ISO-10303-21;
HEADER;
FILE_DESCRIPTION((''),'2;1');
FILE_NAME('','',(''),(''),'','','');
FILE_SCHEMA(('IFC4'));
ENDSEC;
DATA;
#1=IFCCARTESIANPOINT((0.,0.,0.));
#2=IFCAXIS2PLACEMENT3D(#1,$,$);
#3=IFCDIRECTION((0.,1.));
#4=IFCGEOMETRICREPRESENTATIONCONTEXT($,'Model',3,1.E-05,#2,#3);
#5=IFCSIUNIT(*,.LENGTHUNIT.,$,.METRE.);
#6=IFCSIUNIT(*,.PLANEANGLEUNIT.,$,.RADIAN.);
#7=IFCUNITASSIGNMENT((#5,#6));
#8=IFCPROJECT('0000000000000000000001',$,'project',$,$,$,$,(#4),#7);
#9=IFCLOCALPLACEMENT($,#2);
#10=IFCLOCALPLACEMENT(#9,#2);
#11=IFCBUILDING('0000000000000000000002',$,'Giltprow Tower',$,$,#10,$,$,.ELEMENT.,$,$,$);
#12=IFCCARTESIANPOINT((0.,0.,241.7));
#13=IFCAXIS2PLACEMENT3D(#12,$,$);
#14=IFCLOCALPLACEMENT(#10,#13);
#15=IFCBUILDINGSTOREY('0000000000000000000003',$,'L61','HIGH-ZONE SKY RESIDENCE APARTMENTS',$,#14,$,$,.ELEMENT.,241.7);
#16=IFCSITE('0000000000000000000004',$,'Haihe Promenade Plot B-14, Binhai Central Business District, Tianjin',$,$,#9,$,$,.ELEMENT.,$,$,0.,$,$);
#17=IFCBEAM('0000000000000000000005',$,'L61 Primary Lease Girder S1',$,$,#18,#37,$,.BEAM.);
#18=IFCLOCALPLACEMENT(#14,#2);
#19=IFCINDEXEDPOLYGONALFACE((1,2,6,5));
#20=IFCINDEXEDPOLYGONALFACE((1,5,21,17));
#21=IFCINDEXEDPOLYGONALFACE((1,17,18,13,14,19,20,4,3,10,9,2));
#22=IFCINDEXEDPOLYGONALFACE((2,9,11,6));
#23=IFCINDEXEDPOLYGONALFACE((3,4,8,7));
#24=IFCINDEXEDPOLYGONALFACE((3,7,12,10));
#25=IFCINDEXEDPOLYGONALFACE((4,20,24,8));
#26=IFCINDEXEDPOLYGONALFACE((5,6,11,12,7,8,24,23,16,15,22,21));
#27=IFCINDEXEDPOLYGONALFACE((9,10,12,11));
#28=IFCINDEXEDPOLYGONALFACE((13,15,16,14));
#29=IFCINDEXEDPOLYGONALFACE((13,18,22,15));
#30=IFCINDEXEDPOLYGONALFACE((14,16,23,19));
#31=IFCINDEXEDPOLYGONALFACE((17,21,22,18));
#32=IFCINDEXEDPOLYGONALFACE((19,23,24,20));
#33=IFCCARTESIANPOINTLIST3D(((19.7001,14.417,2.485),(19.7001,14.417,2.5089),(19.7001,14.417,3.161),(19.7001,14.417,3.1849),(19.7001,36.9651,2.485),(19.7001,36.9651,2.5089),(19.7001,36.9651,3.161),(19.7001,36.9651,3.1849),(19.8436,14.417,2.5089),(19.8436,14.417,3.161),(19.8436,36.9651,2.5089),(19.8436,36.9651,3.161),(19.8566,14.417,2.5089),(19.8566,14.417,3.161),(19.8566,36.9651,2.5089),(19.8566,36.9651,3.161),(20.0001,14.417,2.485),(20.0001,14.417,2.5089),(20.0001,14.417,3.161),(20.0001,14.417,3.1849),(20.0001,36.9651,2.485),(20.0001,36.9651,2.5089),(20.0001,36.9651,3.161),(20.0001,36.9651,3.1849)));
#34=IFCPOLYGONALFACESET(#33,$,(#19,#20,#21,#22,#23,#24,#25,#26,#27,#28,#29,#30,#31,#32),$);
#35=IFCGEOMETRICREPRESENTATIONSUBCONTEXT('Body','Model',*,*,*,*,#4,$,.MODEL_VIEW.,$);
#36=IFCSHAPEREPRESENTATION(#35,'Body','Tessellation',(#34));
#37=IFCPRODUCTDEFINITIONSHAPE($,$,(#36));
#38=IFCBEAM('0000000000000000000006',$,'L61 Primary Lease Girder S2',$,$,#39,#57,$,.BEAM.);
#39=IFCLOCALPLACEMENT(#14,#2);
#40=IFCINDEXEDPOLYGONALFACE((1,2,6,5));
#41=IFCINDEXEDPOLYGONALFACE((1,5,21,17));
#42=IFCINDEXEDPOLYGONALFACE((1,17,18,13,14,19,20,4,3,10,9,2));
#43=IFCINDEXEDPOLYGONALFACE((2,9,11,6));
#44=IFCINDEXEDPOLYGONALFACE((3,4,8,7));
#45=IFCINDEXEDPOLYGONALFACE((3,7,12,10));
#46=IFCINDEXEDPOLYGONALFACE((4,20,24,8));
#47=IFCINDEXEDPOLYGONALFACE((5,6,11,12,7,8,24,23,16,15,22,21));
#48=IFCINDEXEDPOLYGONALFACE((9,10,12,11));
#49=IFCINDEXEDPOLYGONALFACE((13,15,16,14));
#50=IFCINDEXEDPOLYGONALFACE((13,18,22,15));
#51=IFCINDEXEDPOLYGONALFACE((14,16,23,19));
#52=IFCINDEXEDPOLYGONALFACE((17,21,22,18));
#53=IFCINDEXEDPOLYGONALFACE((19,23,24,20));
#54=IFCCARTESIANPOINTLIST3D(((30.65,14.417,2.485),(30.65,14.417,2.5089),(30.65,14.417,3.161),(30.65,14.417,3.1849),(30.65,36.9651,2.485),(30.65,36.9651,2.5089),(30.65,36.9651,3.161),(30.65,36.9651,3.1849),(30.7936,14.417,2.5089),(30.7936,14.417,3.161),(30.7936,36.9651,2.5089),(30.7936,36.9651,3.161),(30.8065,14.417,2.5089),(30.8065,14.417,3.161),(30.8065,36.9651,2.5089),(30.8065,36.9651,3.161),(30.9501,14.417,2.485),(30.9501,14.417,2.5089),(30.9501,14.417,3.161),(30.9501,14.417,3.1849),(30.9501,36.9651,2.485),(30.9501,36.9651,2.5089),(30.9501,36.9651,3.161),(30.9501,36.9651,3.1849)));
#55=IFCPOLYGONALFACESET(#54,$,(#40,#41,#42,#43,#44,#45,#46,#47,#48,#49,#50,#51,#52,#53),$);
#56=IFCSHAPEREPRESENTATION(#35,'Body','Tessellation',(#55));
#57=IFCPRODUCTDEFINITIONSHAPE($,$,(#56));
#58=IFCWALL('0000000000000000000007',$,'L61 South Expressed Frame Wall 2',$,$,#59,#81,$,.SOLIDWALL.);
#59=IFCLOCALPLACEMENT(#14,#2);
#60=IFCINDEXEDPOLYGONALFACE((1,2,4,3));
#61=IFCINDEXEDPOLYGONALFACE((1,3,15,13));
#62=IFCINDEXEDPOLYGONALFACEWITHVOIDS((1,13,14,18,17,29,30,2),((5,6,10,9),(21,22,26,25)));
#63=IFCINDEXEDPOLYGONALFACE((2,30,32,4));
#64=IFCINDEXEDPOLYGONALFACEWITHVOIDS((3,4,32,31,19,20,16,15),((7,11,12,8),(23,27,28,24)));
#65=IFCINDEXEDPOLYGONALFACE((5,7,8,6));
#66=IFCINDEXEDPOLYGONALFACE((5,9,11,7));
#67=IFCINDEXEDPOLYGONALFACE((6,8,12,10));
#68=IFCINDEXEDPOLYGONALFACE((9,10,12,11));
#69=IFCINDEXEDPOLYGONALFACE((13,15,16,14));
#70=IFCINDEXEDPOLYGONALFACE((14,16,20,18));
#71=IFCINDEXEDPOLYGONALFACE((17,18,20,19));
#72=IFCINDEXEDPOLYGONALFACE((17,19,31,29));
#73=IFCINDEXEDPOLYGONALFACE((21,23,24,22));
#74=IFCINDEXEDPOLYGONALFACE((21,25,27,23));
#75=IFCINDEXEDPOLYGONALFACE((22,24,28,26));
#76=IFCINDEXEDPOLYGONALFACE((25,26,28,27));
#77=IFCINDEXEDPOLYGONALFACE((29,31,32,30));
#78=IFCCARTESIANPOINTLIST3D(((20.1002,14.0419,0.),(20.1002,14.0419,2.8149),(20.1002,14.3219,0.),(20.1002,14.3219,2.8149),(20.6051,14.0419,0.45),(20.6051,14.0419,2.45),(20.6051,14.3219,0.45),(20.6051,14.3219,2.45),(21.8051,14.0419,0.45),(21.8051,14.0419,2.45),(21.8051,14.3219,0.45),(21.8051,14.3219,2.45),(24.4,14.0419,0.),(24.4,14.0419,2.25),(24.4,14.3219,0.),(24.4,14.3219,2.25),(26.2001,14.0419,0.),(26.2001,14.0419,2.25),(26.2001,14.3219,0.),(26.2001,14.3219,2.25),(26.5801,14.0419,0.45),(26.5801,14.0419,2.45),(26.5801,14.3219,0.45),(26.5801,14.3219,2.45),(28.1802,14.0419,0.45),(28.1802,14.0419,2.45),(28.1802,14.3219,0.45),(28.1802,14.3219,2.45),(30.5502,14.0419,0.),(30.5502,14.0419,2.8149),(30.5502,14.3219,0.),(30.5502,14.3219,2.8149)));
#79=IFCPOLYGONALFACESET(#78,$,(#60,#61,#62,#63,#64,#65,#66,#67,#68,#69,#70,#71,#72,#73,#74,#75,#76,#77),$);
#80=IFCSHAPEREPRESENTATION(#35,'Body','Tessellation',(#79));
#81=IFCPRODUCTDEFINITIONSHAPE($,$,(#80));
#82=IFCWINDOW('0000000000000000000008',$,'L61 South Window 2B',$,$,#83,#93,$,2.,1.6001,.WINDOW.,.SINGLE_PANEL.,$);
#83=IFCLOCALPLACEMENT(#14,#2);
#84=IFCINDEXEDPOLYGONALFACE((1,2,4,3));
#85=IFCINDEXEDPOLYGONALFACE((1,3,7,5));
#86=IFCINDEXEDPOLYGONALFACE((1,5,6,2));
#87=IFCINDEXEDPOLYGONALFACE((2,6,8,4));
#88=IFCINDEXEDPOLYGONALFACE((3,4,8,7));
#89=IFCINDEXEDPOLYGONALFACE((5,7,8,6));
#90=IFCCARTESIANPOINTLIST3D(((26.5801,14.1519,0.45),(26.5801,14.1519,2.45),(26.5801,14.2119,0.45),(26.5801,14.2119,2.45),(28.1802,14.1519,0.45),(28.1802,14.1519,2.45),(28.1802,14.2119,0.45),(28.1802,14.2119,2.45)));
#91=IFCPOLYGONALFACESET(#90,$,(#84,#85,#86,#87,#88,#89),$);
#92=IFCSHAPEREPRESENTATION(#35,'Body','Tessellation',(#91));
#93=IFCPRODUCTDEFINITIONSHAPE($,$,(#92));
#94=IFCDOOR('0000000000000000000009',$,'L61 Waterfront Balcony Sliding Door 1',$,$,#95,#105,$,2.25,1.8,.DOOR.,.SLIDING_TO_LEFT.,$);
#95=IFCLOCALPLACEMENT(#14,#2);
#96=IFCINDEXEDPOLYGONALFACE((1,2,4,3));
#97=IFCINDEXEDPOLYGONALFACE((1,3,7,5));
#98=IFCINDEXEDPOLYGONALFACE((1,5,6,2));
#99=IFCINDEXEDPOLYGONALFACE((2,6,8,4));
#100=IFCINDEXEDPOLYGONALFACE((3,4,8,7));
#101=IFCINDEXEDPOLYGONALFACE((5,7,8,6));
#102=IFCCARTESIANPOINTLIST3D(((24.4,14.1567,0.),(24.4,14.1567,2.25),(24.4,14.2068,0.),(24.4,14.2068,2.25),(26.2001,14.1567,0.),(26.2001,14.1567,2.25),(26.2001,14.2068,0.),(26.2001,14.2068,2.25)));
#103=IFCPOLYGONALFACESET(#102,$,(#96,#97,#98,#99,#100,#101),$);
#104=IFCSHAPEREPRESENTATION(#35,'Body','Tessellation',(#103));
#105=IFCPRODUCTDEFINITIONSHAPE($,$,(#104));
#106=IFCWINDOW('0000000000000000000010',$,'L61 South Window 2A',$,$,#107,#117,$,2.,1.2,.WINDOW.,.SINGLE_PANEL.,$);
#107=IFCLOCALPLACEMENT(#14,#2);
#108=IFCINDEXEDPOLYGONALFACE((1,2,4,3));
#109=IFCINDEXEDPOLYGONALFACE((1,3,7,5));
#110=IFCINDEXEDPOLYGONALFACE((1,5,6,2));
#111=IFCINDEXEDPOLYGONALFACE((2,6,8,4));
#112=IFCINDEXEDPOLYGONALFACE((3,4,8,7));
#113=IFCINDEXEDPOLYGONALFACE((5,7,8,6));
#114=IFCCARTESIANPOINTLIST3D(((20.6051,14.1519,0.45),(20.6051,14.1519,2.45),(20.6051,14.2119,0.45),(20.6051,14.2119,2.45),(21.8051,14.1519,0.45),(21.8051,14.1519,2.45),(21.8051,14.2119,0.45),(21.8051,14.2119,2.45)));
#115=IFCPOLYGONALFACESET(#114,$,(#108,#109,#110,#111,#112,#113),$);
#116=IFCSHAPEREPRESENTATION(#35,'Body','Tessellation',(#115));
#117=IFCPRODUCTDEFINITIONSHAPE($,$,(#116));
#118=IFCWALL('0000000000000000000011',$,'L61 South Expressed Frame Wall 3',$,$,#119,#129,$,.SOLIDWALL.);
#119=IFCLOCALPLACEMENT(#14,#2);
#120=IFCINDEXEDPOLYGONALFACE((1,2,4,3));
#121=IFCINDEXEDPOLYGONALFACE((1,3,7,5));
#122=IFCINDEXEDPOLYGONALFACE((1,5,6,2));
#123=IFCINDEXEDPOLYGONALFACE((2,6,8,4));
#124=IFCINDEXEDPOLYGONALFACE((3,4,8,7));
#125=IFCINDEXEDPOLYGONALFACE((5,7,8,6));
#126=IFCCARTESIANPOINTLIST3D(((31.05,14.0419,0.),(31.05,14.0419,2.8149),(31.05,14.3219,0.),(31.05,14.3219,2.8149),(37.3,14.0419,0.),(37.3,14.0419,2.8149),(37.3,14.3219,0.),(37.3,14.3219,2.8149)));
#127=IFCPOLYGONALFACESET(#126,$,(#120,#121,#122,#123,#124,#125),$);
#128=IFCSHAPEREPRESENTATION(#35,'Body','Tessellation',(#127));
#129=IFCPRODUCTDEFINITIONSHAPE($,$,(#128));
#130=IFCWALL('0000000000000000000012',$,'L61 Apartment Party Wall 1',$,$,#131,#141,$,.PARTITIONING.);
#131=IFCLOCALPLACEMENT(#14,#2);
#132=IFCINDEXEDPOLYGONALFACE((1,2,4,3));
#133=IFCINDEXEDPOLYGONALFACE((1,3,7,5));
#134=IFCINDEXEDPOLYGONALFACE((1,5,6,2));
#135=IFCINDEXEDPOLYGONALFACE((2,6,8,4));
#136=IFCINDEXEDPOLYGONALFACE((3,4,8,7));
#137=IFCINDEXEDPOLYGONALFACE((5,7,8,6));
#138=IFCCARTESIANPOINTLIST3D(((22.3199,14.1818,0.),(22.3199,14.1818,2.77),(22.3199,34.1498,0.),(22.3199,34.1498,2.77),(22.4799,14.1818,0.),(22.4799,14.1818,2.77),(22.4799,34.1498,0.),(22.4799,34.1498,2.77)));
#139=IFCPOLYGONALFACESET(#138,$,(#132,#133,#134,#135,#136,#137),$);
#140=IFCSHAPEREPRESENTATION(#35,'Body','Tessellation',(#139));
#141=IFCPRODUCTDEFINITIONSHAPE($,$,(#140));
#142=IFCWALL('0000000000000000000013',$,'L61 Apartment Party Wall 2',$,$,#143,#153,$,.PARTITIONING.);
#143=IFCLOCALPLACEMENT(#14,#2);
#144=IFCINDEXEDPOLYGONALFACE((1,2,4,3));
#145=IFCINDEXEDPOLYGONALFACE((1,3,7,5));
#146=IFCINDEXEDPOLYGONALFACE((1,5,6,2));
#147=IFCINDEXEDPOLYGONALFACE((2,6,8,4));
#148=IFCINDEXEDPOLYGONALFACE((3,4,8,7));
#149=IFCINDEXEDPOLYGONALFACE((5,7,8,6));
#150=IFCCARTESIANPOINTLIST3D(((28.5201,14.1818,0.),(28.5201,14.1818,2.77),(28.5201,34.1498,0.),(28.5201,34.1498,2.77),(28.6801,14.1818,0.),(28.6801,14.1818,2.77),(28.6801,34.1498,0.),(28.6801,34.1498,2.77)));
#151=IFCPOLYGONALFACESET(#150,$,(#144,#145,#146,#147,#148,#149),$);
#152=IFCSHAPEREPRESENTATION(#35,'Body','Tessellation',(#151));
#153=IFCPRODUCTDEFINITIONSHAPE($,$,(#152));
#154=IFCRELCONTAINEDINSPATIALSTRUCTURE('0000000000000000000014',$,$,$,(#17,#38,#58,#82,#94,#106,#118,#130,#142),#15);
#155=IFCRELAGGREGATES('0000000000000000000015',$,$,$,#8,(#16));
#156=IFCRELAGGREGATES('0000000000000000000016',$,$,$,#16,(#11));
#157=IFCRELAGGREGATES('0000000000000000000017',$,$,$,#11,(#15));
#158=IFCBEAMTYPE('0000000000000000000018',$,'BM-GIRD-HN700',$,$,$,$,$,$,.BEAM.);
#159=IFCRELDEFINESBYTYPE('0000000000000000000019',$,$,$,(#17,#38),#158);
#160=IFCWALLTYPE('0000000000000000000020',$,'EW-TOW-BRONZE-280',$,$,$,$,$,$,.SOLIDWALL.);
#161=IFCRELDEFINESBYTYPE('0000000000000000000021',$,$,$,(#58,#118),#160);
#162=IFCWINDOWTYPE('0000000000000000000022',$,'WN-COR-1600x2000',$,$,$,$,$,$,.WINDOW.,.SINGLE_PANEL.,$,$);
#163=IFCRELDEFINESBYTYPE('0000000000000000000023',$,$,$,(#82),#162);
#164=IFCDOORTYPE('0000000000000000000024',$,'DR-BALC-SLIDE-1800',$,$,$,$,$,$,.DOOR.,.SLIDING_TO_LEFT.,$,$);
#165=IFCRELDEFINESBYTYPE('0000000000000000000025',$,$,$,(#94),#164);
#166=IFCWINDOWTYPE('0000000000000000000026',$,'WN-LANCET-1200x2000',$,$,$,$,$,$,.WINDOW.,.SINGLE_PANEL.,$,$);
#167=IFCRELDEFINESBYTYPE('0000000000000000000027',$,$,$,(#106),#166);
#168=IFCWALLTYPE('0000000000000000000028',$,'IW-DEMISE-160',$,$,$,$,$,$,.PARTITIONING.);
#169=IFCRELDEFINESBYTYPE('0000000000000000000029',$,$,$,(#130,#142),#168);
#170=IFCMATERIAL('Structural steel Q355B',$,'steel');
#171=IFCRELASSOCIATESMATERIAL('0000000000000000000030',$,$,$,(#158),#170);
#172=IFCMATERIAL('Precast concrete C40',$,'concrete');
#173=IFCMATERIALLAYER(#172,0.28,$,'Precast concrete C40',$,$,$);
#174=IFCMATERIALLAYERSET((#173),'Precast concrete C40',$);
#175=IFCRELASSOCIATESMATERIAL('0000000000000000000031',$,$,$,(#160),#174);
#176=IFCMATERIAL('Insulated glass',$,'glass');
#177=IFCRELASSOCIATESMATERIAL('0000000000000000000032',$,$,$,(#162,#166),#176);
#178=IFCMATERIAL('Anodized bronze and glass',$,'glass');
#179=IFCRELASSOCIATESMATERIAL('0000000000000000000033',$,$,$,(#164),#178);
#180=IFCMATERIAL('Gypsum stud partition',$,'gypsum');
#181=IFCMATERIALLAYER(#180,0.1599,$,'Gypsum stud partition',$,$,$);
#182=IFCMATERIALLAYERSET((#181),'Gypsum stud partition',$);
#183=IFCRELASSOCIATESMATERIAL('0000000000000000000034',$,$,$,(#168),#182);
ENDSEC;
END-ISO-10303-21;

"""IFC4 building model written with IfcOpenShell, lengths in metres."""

from ifc_helpers import new_model, si_unit, direction, frame, frame_2d, origin, origin_2d, place, context, subcontext, project, spatial, rectangle, i_section, extrude, source, transform, mapped, material, layer, layer_set, material_profile, profile_set, type_object, element, fill, save


model = new_model("IFC4")

# Units and contexts
model_context = context("Model", 3, precision=1e-05, world=origin(), true_north=direction((0.0, 1.0)))
body_context = subcontext(model_context, "Body", "Model", "MODEL_VIEW")
ifc_project = project(units=[si_unit("LENGTHUNIT", "METRE"), si_unit("PLANEANGLEUNIT", "RADIAN")], contexts=[model_context])

# Site, building, storey
site_placement = place(None, origin())
site = spatial("IfcSite", under=ifc_project, at=site_placement, Name="Haihe Promenade Plot B-14, Binhai Central Business District, Tianjin", CompositionType="ELEMENT", RefElevation=0.0)
building_placement = place(site_placement, origin())
building = spatial("IfcBuilding", under=site, at=building_placement, Name="Giltprow Tower", CompositionType="ELEMENT")
storey_placement = place(building_placement, frame((0.0, 0.0, 241.7)))
storey = spatial("IfcBuildingStorey", under=building, at=storey_placement, Name="L61", Description="HIGH-ZONE SKY RESIDENCE APARTMENTS", CompositionType="ELEMENT", Elevation=241.7)

# Shared definitions
ifc_material_1 = material(Name="Structural steel Q355B", Category="steel")

# Beams
ifc_material_profile_1 = material_profile(ifc_material_1, i_section(OverallWidth=0.3, OverallDepth=0.7, WebThickness=0.0129, FlangeThickness=0.0239, at=origin_2d()), Name="HN 700x300x13x24")
ifc_profile_set_1 = profile_set([ifc_material_profile_1], Name="Structural steel Q355B")
beam_type_1 = type_object("IfcBeamType", Name="BM-GIRD-HN700", PredefinedType="BEAM", material=ifc_profile_set_1)
shared_shape_1 = source(origin(), body_context, "Body", "SweptSolid", [
    extrude(i_section(OverallWidth=0.3, OverallDepth=0.7, WebThickness=0.0129, FlangeThickness=0.0239, at=origin_2d()), origin(), (0.0, 0.0, 1.0), 22.5481),
])
for number, where, z_axis, x_axis, name in (
    (1, (19.8501, 14.417, 2.835), (0.0, 1.0, 0.0), (-1.0, 0.0, 0.0), "L61 Primary Lease Girder S1"),
    (2, (30.8, 14.417, 2.835), (0.0, 1.0, 0.0), (-1.0, 0.0, 0.0), "L61 Primary Lease Girder S2"),
):
    element("IfcBeam", number, at=place(storey_placement, frame(where, z_axis=z_axis, x_axis=x_axis)), inside=storey, type_object=beam_type_1, Name=name, PredefinedType="BEAM", context=body_context, shape_type="MappedRepresentation", body=[
        mapped(shared_shape_1, transform((0.0, 0.0, 0.0), x_axis=(1.0, 0.0, 0.0), y_axis=(0.0, 1.0, 0.0), z_axis=(0.0, 0.0, 1.0), scale=1.0)),
    ])

# Wall, openings, windows, door
ifc_material_2 = material(Name="Precast concrete C40", Category="concrete")
ifc_layer_1 = layer(ifc_material_2, 0.28, Name="Precast concrete C40")
ifc_layer_set_1 = layer_set([ifc_layer_1], Name="Precast concrete C40")
wall_type_1 = type_object("IfcWallType", Name="EW-TOW-BRONZE-280", PredefinedType="SOLIDWALL", material=ifc_layer_set_1)
wall_1_placement = place(storey_placement, frame((20.1001, 14.1819, 0.0), z_axis=(0.0, 0.0, 1.0), x_axis=(1.0, 0.0, 0.0)))
wall_1 = element("IfcWall", 3, at=wall_1_placement, inside=storey, type_object=wall_type_1, Name="L61 South Expressed Frame Wall 2", PredefinedType="SOLIDWALL", context=body_context, shape_type="SweptSolid", body=[
    extrude(rectangle(XDim=10.45, YDim=0.28, at=frame_2d((5.2251, 0.0))), origin(), (0.0, 0.0, 1.0), 2.8149),
])
opening_1_placement = place(wall_1_placement, frame((4.3, 0.0, 0.0)))
opening_1 = element("IfcOpeningElement", 4, at=opening_1_placement, cuts=wall_1, PredefinedType="OPENING", context=body_context, shape_type="SweptSolid", body=[
    extrude(rectangle(XDim=1.8, YDim=2.25, at=frame_2d((0.8999, 1.125))), frame((0.0, 0.1499, 0.0), z_axis=(0.0, -1.0, 0.0), x_axis=(1.0, 0.0, 0.0)), (0.0, 0.0, 1.0), 0.3),
])
opening_2_placement = place(wall_1_placement, frame((0.5049, 0.0, 0.45)))
opening_2 = element("IfcOpeningElement", 5, at=opening_2_placement, cuts=wall_1, PredefinedType="OPENING", context=body_context, shape_type="SweptSolid", body=[
    extrude(rectangle(XDim=1.2, YDim=2.0, at=frame_2d((0.6001, 1.0))), frame((0.0, 0.1499, 0.0), z_axis=(0.0, -1.0, 0.0), x_axis=(1.0, 0.0, 0.0)), (0.0, 0.0, 1.0), 0.3),
])
opening_3_placement = place(wall_1_placement, frame((6.48, 0.0, 0.45)))
opening_3 = element("IfcOpeningElement", 6, at=opening_3_placement, cuts=wall_1, PredefinedType="OPENING", context=body_context, shape_type="SweptSolid", body=[
    extrude(rectangle(XDim=1.6001, YDim=2.0, at=frame_2d((0.8, 1.0))), frame((0.0, 0.1499, 0.0), z_axis=(0.0, -1.0, 0.0), x_axis=(1.0, 0.0, 0.0)), (0.0, 0.0, 1.0), 0.3),
])
ifc_material_3 = material(Name="Insulated glass", Category="glass")
window_type_1 = type_object("IfcWindowType", Name="WN-COR-1600x2000", PartitioningType="SINGLE_PANEL", PredefinedType="WINDOW", material=ifc_material_3)
shared_shape_2 = source(origin(), body_context, "Body", "SweptSolid", [
    extrude(rectangle(XDim=1.6001, YDim=2.0, at=frame_2d((0.8, 1.0))), frame((0.0, 0.03, 0.0), z_axis=(0.0, -1.0, 0.0), x_axis=(1.0, 0.0, 0.0)), (0.0, 0.0, 1.0), 0.0601),
])
window_1_placement = place(opening_3_placement, origin())
window_1 = element("IfcWindow", 7, at=window_1_placement, inside=storey, type_object=window_type_1, Name="L61 South Window 2B", OverallHeight=2.0, OverallWidth=1.6001, PartitioningType="SINGLE_PANEL", PredefinedType="WINDOW", context=body_context, shape_type="MappedRepresentation", body=[
    mapped(shared_shape_2, transform((0.0, 0.0, 0.0), x_axis=(1.0, 0.0, 0.0), y_axis=(0.0, 1.0, 0.0), z_axis=(0.0, 0.0, 1.0), scale=1.0)),
])
fill(opening_3, window_1)
ifc_material_4 = material(Name="Anodized bronze and glass", Category="glass")
door_type_1 = type_object("IfcDoorType", Name="DR-BALC-SLIDE-1800", OperationType="SLIDING_TO_LEFT", PredefinedType="DOOR", material=ifc_material_4)
shared_shape_3 = source(origin(), body_context, "Body", "SweptSolid", [
    extrude(rectangle(XDim=1.8, YDim=2.25, at=frame_2d((0.8999, 1.125))), frame((0.0, 0.0249, 0.0), z_axis=(0.0, -1.0, 0.0), x_axis=(1.0, 0.0, 0.0)), (0.0, 0.0, 1.0), 0.05),
])
door_1_placement = place(opening_1_placement, origin())
door_1 = element("IfcDoor", 8, at=door_1_placement, inside=storey, type_object=door_type_1, Name="L61 Waterfront Balcony Sliding Door 1", OperationType="SLIDING_TO_LEFT", OverallHeight=2.25, OverallWidth=1.8, PredefinedType="DOOR", context=body_context, shape_type="MappedRepresentation", body=[
    mapped(shared_shape_3, transform((0.0, 0.0, 0.0), x_axis=(1.0, 0.0, 0.0), y_axis=(0.0, 1.0, 0.0), z_axis=(0.0, 0.0, 1.0), scale=1.0)),
])
fill(opening_1, door_1)
window_type_2 = type_object("IfcWindowType", Name="WN-LANCET-1200x2000", PartitioningType="SINGLE_PANEL", PredefinedType="WINDOW", material=ifc_material_3)
shared_shape_4 = source(origin(), body_context, "Body", "SweptSolid", [
    extrude(rectangle(XDim=1.2, YDim=2.0, at=frame_2d((0.6001, 1.0))), frame((0.0, 0.03, 0.0), z_axis=(0.0, -1.0, 0.0), x_axis=(1.0, 0.0, 0.0)), (0.0, 0.0, 1.0), 0.0601),
])
window_2_placement = place(opening_2_placement, origin())
window_2 = element("IfcWindow", 9, at=window_2_placement, inside=storey, type_object=window_type_2, Name="L61 South Window 2A", OverallHeight=2.0, OverallWidth=1.2, PartitioningType="SINGLE_PANEL", PredefinedType="WINDOW", context=body_context, shape_type="MappedRepresentation", body=[
    mapped(shared_shape_4, transform((0.0, 0.0, 0.0), x_axis=(1.0, 0.0, 0.0), y_axis=(0.0, 1.0, 0.0), z_axis=(0.0, 0.0, 1.0), scale=1.0)),
])
fill(opening_2, window_2)

# Walls
wall_2_placement = place(storey_placement, frame((31.05, 14.1819, 0.0), z_axis=(0.0, 0.0, 1.0), x_axis=(1.0, 0.0, 0.0)))
element("IfcWall", 10, at=wall_2_placement, inside=storey, type_object=wall_type_1, Name="L61 South Expressed Frame Wall 3", PredefinedType="SOLIDWALL", context=body_context, shape_type="SweptSolid", body=[
    extrude(rectangle(XDim=6.25, YDim=0.28, at=frame_2d((3.125, 0.0))), origin(), (0.0, 0.0, 1.0), 2.8149),
])
ifc_material_5 = material(Name="Gypsum stud partition", Category="gypsum")
ifc_layer_2 = layer(ifc_material_5, 0.1599, Name="Gypsum stud partition")
ifc_layer_set_2 = layer_set([ifc_layer_2], Name="Gypsum stud partition")
wall_type_2 = type_object("IfcWallType", Name="IW-DEMISE-160", PredefinedType="PARTITIONING", material=ifc_layer_set_2)
for number, where, z_axis, x_axis, name in (
    (11, (22.3999, 14.1819, 0.0), (0.0, 0.0, 1.0), (0.0, 1.0, 0.0), "L61 Apartment Party Wall 1"),
    (12, (28.6001, 14.1819, 0.0), (0.0, 0.0, 1.0), (0.0, 1.0, 0.0), "L61 Apartment Party Wall 2"),
):
    element("IfcWall", number, at=place(storey_placement, frame(where, z_axis=z_axis, x_axis=x_axis)), inside=storey, type_object=wall_type_2, Name=name, PredefinedType="PARTITIONING", context=body_context, shape_type="SweptSolid", body=[
        extrude(rectangle(XDim=19.968, YDim=0.1599, at=frame_2d((9.9839, 0.0))), origin(), (0.0, 0.0, 1.0), 2.77),
    ])

save(model, "model.ifc")
